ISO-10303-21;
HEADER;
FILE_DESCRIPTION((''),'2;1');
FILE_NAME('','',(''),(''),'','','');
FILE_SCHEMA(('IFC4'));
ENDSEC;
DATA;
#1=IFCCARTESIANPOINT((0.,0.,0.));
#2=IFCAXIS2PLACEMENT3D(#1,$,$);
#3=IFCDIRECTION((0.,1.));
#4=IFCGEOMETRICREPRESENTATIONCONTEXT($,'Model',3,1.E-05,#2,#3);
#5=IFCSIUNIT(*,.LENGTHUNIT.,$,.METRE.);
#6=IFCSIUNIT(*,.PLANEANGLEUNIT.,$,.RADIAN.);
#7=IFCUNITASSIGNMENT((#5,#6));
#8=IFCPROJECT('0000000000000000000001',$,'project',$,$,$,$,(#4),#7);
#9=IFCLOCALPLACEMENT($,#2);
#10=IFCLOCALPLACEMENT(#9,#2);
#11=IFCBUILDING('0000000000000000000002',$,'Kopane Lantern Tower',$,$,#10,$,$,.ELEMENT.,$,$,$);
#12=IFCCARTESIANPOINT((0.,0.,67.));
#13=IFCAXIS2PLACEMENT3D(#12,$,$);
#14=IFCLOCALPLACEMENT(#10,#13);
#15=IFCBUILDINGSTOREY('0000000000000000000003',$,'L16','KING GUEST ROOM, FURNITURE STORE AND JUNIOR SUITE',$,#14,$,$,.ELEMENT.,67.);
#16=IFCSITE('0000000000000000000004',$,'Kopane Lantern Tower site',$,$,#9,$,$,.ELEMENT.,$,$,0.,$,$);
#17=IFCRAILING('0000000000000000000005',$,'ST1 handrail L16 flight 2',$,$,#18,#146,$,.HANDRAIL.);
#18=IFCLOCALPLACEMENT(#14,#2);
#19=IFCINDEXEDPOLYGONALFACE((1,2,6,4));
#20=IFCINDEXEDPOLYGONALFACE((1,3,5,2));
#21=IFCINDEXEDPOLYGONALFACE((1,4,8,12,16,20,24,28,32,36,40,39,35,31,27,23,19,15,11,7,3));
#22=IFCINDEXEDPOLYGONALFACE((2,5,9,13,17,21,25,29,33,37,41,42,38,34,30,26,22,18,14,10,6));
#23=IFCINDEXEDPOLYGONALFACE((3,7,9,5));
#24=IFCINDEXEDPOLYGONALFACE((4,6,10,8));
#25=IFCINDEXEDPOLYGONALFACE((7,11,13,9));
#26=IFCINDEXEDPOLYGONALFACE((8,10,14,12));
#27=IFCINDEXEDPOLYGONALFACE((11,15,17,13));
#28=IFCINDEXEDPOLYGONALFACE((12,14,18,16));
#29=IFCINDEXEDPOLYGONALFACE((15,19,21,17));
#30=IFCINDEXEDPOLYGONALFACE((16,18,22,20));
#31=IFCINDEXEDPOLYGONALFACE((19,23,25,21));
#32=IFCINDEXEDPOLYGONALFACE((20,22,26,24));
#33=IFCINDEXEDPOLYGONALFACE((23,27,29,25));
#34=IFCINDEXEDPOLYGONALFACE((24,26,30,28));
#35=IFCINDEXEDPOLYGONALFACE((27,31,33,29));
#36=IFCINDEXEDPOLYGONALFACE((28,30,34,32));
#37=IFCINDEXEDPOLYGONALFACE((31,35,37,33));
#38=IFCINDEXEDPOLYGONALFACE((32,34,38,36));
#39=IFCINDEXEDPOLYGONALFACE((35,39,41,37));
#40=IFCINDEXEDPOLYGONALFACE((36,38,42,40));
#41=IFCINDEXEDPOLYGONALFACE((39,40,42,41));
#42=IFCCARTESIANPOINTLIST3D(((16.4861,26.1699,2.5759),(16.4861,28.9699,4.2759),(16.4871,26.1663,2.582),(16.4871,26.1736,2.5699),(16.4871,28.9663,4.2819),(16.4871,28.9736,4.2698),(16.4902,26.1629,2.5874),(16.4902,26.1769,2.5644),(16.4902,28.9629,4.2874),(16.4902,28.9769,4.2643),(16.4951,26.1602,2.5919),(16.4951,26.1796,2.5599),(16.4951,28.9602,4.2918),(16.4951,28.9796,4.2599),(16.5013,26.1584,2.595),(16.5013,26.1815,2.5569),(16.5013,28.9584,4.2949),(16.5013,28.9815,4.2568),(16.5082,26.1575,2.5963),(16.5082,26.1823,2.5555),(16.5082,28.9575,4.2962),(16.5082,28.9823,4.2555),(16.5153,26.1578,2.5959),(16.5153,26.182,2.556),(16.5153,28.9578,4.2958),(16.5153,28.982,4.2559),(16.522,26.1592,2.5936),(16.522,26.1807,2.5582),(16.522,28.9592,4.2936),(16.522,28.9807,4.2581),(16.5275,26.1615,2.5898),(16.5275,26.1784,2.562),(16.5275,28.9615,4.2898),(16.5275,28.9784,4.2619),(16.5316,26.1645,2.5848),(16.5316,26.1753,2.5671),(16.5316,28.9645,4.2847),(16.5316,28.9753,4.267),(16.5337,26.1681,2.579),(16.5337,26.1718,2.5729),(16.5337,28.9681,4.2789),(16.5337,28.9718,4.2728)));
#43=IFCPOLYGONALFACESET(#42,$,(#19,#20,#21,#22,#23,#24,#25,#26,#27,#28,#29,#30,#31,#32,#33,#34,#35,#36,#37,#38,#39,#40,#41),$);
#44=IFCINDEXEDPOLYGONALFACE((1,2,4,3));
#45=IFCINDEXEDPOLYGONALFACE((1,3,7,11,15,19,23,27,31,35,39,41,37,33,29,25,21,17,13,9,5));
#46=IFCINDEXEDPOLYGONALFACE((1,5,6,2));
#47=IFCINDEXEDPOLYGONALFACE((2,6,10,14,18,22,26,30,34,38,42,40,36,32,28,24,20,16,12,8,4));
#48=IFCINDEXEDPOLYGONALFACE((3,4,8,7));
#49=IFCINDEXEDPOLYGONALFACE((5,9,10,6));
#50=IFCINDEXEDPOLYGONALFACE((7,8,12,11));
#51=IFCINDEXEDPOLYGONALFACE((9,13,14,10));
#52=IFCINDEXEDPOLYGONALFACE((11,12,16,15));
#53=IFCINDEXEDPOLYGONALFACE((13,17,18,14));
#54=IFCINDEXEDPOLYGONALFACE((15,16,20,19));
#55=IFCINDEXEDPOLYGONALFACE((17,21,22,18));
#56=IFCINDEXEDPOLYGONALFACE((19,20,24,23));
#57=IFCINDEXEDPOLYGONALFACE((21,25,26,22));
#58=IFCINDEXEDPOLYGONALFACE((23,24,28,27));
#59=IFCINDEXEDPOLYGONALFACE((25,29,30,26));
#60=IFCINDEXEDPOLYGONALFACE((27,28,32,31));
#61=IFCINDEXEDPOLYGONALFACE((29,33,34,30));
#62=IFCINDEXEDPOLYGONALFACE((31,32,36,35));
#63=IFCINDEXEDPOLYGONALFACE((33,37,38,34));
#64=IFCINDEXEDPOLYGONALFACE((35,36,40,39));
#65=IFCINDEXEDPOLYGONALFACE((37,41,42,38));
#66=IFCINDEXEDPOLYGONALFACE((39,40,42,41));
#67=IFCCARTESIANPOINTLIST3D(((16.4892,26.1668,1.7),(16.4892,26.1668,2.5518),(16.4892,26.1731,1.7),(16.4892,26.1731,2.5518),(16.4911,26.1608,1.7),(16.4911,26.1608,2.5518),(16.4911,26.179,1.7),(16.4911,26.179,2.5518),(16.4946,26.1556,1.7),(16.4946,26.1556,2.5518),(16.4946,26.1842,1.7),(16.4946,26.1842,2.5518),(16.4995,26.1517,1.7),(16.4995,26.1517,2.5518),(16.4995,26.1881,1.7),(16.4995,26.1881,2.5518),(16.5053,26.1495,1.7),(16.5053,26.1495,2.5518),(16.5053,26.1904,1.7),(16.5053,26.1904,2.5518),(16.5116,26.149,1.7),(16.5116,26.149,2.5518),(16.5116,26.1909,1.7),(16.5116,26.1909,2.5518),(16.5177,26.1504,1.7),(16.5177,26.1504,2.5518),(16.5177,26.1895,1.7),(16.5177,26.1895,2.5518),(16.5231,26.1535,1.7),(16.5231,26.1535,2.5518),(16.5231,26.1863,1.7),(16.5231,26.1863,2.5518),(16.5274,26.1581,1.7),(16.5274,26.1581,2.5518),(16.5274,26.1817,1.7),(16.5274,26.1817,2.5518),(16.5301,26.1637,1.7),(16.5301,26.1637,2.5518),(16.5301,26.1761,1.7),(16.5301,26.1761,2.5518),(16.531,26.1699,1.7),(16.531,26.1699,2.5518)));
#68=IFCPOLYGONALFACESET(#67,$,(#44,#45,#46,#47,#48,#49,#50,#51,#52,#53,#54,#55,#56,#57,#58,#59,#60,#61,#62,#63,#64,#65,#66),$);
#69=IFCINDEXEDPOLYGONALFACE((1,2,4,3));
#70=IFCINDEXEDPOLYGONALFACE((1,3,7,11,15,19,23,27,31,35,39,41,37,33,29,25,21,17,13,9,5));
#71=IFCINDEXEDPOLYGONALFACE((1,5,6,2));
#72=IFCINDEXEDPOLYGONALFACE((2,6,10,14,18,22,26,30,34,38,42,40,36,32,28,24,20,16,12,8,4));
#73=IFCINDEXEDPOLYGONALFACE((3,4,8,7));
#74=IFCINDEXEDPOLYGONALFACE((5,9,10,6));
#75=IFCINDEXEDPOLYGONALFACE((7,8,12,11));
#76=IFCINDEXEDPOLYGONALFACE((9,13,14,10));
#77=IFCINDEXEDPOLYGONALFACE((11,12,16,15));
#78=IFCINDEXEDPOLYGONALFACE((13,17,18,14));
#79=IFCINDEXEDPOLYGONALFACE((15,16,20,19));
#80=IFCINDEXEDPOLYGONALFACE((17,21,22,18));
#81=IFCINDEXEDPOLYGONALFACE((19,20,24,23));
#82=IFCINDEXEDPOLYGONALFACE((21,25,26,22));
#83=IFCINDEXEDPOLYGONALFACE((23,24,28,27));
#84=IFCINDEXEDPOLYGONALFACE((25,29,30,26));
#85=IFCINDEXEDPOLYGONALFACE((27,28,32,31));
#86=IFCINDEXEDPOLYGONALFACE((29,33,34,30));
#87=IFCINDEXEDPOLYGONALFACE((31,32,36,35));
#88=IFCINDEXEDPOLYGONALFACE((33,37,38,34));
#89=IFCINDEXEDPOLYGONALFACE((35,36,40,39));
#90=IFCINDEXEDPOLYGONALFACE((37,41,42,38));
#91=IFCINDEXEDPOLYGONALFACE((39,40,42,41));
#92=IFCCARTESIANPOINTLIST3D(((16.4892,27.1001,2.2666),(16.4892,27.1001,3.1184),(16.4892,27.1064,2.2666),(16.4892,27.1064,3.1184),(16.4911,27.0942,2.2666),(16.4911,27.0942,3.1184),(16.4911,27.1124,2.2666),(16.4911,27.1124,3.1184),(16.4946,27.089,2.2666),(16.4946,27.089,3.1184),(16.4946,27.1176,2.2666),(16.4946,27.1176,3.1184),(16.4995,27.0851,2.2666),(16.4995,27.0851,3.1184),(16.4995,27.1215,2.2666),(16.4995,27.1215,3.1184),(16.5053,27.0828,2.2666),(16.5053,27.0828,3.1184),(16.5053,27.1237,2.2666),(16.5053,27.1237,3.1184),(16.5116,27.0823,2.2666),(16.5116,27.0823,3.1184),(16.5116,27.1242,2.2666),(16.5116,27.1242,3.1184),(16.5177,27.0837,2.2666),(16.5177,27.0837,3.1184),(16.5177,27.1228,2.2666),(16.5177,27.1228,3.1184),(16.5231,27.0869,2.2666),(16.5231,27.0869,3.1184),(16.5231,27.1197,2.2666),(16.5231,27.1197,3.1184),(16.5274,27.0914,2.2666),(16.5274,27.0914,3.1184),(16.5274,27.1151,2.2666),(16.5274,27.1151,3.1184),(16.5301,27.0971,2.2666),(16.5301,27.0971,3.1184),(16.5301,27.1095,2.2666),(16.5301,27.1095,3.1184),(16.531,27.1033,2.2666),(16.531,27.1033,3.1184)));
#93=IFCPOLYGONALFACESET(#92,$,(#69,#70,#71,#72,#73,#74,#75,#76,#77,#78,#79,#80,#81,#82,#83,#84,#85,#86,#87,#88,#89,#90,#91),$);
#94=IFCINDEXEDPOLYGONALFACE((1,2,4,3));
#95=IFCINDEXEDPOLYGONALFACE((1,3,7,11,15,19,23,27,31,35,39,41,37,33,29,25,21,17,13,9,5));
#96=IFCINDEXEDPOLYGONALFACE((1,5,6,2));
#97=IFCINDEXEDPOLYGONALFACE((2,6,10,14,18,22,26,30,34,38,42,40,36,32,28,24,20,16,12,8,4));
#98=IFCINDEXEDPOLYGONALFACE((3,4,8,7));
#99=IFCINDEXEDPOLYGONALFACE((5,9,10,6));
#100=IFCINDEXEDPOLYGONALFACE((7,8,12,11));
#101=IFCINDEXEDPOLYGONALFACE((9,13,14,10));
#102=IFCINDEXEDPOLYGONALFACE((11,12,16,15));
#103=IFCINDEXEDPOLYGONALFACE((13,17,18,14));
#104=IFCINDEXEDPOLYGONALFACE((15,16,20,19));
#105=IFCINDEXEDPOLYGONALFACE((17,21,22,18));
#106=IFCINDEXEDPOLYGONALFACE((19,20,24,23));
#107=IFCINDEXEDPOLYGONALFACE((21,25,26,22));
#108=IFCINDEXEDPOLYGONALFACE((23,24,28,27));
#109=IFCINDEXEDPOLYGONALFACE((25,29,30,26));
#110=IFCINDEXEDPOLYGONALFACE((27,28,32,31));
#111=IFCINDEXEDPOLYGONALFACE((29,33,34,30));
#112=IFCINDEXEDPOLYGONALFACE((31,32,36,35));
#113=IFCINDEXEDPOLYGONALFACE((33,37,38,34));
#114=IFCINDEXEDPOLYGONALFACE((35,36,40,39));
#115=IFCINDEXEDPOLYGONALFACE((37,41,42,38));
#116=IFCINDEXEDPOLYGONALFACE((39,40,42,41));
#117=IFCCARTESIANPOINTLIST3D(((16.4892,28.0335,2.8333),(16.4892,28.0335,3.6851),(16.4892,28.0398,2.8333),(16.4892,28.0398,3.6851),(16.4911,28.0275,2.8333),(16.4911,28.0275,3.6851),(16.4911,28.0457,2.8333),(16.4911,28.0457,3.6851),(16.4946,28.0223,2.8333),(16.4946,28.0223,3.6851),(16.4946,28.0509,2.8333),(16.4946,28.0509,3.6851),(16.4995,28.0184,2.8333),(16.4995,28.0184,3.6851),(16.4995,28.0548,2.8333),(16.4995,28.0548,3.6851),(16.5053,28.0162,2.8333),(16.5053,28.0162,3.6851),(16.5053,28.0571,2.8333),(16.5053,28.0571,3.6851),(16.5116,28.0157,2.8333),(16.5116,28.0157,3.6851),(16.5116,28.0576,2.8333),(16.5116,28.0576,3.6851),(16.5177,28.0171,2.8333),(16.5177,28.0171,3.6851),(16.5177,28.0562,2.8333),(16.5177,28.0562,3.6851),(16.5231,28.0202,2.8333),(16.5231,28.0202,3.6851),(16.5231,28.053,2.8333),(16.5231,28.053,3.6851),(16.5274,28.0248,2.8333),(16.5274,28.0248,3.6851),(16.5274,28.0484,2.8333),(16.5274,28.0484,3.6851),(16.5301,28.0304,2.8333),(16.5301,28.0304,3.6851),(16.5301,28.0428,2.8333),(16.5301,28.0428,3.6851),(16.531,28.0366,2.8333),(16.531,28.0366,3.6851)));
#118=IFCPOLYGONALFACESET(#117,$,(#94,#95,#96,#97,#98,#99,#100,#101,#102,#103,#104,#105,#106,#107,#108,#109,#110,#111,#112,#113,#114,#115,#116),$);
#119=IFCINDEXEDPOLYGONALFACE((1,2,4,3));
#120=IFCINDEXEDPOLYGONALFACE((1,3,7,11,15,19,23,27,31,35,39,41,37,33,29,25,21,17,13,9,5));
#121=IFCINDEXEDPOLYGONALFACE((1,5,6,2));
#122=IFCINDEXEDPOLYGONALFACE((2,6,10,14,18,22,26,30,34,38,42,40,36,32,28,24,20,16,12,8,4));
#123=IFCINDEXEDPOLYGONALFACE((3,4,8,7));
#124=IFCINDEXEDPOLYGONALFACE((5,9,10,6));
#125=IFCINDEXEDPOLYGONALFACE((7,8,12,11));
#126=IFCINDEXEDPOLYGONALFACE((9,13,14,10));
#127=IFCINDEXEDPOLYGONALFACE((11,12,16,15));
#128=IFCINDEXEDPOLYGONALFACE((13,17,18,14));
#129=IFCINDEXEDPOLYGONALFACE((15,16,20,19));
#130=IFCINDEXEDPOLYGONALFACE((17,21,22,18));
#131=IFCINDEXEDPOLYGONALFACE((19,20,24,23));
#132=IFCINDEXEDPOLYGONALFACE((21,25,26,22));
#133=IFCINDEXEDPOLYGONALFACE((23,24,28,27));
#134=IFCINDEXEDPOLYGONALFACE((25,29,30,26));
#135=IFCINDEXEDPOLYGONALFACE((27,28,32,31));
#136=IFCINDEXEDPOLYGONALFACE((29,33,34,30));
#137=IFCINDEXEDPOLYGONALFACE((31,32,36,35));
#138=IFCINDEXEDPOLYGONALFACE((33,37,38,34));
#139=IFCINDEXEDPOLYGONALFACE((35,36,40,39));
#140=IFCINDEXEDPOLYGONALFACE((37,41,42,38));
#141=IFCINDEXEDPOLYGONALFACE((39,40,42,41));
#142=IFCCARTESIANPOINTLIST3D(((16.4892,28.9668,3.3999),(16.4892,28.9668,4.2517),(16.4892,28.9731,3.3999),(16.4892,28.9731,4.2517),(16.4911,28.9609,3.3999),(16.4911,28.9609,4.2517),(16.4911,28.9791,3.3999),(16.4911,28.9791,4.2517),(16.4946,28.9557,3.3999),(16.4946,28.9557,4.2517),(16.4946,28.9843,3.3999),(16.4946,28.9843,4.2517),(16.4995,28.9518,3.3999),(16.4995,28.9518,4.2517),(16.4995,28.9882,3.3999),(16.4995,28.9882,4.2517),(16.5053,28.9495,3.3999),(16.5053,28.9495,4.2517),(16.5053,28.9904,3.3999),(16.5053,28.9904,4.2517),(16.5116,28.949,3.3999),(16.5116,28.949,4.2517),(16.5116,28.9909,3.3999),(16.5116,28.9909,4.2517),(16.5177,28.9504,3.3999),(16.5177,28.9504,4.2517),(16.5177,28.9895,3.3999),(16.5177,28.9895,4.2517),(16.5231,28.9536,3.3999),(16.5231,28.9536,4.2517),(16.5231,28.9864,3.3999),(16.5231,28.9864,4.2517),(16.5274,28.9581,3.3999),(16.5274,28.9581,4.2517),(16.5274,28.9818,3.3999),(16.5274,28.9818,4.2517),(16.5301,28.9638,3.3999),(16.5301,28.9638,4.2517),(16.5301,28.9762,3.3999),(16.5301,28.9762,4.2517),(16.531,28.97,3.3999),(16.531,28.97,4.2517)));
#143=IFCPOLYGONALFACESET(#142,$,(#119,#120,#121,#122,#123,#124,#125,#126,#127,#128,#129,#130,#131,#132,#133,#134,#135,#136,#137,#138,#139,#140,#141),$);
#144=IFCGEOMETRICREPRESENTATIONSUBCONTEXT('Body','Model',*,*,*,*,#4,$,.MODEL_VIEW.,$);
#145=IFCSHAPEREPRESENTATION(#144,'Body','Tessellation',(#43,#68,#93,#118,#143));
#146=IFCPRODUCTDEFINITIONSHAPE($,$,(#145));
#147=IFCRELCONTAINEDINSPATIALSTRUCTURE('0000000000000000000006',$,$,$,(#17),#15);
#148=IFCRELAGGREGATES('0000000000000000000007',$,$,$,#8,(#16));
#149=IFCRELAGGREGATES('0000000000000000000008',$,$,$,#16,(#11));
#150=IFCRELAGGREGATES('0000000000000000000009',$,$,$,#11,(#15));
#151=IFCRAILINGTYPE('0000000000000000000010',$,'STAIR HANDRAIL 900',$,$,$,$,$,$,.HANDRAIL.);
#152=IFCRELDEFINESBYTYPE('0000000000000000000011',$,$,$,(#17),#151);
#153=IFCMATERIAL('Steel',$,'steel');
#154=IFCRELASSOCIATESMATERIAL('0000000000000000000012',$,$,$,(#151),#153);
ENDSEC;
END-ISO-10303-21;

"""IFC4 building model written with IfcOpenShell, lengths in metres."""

from ifc_helpers import new_model, si_unit, direction, frame, origin, origin_2d, place, context, subcontext, project, spatial, circle, extrude, material, type_object, element, save


model = new_model("IFC4")

# Units and contexts
model_context = context("Model", 3, precision=1e-05, world=origin(), true_north=direction((0.0, 1.0)))
body_context = subcontext(model_context, "Body", "Model", "MODEL_VIEW")
ifc_project = project(units=[si_unit("LENGTHUNIT", "METRE"), si_unit("PLANEANGLEUNIT", "RADIAN")], contexts=[model_context])

# Site, building, storey
site_placement = place(None, origin())
site = spatial("IfcSite", under=ifc_project, at=site_placement, Name="Kopane Lantern Tower site", CompositionType="ELEMENT", RefElevation=0.0)
building_placement = place(site_placement, origin())
building = spatial("IfcBuilding", under=site, at=building_placement, Name="Kopane Lantern Tower", CompositionType="ELEMENT")
storey_placement = place(building_placement, frame((0.0, 0.0, 67.0)))
storey = spatial("IfcBuildingStorey", under=building, at=storey_placement, Name="L16", Description="KING GUEST ROOM, FURNITURE STORE AND JUNIOR SUITE", CompositionType="ELEMENT", Elevation=67.0)

# Railing
ifc_material_1 = material(Name="Steel", Category="steel")
railing_type_1 = type_object("IfcRailingType", Name="STAIR HANDRAIL 900", PredefinedType="HANDRAIL", material=ifc_material_1)
for number, where, name in (
    (1, (16.51, 26.1699, 1.7), "ST1 handrail L16 flight 2"),
):
    element("IfcRailing", number, at=place(storey_placement, frame(where)), inside=storey, type_object=railing_type_1, Name=name, PredefinedType="HANDRAIL", context=body_context, shape_type="SweptSolid", body=[
        extrude(circle(Radius=0.0239, at=origin_2d()), frame((0.0, 0.0, 0.876), z_axis=(0.0, 0.854798, 0.518961), x_axis=(-1.0, 0.0, 0.0)), (0.0, 0.0, 1.0), 3.2756),
        extrude(circle(Radius=0.021, at=origin_2d()), origin(), (0.0, 0.0, 1.0), 0.8518),
        extrude(circle(Radius=0.021, at=origin_2d()), frame((0.0, 0.9333, 0.5667)), (0.0, 0.0, 1.0), 0.8518),
        extrude(circle(Radius=0.021, at=origin_2d()), frame((0.0, 1.8667, 1.1333)), (0.0, 0.0, 1.0), 0.8518),
        extrude(circle(Radius=0.021, at=origin_2d()), frame((0.0, 2.8, 1.7)), (0.0, 0.0, 1.0), 0.8518),
    ])

save(model, "model.ifc")
